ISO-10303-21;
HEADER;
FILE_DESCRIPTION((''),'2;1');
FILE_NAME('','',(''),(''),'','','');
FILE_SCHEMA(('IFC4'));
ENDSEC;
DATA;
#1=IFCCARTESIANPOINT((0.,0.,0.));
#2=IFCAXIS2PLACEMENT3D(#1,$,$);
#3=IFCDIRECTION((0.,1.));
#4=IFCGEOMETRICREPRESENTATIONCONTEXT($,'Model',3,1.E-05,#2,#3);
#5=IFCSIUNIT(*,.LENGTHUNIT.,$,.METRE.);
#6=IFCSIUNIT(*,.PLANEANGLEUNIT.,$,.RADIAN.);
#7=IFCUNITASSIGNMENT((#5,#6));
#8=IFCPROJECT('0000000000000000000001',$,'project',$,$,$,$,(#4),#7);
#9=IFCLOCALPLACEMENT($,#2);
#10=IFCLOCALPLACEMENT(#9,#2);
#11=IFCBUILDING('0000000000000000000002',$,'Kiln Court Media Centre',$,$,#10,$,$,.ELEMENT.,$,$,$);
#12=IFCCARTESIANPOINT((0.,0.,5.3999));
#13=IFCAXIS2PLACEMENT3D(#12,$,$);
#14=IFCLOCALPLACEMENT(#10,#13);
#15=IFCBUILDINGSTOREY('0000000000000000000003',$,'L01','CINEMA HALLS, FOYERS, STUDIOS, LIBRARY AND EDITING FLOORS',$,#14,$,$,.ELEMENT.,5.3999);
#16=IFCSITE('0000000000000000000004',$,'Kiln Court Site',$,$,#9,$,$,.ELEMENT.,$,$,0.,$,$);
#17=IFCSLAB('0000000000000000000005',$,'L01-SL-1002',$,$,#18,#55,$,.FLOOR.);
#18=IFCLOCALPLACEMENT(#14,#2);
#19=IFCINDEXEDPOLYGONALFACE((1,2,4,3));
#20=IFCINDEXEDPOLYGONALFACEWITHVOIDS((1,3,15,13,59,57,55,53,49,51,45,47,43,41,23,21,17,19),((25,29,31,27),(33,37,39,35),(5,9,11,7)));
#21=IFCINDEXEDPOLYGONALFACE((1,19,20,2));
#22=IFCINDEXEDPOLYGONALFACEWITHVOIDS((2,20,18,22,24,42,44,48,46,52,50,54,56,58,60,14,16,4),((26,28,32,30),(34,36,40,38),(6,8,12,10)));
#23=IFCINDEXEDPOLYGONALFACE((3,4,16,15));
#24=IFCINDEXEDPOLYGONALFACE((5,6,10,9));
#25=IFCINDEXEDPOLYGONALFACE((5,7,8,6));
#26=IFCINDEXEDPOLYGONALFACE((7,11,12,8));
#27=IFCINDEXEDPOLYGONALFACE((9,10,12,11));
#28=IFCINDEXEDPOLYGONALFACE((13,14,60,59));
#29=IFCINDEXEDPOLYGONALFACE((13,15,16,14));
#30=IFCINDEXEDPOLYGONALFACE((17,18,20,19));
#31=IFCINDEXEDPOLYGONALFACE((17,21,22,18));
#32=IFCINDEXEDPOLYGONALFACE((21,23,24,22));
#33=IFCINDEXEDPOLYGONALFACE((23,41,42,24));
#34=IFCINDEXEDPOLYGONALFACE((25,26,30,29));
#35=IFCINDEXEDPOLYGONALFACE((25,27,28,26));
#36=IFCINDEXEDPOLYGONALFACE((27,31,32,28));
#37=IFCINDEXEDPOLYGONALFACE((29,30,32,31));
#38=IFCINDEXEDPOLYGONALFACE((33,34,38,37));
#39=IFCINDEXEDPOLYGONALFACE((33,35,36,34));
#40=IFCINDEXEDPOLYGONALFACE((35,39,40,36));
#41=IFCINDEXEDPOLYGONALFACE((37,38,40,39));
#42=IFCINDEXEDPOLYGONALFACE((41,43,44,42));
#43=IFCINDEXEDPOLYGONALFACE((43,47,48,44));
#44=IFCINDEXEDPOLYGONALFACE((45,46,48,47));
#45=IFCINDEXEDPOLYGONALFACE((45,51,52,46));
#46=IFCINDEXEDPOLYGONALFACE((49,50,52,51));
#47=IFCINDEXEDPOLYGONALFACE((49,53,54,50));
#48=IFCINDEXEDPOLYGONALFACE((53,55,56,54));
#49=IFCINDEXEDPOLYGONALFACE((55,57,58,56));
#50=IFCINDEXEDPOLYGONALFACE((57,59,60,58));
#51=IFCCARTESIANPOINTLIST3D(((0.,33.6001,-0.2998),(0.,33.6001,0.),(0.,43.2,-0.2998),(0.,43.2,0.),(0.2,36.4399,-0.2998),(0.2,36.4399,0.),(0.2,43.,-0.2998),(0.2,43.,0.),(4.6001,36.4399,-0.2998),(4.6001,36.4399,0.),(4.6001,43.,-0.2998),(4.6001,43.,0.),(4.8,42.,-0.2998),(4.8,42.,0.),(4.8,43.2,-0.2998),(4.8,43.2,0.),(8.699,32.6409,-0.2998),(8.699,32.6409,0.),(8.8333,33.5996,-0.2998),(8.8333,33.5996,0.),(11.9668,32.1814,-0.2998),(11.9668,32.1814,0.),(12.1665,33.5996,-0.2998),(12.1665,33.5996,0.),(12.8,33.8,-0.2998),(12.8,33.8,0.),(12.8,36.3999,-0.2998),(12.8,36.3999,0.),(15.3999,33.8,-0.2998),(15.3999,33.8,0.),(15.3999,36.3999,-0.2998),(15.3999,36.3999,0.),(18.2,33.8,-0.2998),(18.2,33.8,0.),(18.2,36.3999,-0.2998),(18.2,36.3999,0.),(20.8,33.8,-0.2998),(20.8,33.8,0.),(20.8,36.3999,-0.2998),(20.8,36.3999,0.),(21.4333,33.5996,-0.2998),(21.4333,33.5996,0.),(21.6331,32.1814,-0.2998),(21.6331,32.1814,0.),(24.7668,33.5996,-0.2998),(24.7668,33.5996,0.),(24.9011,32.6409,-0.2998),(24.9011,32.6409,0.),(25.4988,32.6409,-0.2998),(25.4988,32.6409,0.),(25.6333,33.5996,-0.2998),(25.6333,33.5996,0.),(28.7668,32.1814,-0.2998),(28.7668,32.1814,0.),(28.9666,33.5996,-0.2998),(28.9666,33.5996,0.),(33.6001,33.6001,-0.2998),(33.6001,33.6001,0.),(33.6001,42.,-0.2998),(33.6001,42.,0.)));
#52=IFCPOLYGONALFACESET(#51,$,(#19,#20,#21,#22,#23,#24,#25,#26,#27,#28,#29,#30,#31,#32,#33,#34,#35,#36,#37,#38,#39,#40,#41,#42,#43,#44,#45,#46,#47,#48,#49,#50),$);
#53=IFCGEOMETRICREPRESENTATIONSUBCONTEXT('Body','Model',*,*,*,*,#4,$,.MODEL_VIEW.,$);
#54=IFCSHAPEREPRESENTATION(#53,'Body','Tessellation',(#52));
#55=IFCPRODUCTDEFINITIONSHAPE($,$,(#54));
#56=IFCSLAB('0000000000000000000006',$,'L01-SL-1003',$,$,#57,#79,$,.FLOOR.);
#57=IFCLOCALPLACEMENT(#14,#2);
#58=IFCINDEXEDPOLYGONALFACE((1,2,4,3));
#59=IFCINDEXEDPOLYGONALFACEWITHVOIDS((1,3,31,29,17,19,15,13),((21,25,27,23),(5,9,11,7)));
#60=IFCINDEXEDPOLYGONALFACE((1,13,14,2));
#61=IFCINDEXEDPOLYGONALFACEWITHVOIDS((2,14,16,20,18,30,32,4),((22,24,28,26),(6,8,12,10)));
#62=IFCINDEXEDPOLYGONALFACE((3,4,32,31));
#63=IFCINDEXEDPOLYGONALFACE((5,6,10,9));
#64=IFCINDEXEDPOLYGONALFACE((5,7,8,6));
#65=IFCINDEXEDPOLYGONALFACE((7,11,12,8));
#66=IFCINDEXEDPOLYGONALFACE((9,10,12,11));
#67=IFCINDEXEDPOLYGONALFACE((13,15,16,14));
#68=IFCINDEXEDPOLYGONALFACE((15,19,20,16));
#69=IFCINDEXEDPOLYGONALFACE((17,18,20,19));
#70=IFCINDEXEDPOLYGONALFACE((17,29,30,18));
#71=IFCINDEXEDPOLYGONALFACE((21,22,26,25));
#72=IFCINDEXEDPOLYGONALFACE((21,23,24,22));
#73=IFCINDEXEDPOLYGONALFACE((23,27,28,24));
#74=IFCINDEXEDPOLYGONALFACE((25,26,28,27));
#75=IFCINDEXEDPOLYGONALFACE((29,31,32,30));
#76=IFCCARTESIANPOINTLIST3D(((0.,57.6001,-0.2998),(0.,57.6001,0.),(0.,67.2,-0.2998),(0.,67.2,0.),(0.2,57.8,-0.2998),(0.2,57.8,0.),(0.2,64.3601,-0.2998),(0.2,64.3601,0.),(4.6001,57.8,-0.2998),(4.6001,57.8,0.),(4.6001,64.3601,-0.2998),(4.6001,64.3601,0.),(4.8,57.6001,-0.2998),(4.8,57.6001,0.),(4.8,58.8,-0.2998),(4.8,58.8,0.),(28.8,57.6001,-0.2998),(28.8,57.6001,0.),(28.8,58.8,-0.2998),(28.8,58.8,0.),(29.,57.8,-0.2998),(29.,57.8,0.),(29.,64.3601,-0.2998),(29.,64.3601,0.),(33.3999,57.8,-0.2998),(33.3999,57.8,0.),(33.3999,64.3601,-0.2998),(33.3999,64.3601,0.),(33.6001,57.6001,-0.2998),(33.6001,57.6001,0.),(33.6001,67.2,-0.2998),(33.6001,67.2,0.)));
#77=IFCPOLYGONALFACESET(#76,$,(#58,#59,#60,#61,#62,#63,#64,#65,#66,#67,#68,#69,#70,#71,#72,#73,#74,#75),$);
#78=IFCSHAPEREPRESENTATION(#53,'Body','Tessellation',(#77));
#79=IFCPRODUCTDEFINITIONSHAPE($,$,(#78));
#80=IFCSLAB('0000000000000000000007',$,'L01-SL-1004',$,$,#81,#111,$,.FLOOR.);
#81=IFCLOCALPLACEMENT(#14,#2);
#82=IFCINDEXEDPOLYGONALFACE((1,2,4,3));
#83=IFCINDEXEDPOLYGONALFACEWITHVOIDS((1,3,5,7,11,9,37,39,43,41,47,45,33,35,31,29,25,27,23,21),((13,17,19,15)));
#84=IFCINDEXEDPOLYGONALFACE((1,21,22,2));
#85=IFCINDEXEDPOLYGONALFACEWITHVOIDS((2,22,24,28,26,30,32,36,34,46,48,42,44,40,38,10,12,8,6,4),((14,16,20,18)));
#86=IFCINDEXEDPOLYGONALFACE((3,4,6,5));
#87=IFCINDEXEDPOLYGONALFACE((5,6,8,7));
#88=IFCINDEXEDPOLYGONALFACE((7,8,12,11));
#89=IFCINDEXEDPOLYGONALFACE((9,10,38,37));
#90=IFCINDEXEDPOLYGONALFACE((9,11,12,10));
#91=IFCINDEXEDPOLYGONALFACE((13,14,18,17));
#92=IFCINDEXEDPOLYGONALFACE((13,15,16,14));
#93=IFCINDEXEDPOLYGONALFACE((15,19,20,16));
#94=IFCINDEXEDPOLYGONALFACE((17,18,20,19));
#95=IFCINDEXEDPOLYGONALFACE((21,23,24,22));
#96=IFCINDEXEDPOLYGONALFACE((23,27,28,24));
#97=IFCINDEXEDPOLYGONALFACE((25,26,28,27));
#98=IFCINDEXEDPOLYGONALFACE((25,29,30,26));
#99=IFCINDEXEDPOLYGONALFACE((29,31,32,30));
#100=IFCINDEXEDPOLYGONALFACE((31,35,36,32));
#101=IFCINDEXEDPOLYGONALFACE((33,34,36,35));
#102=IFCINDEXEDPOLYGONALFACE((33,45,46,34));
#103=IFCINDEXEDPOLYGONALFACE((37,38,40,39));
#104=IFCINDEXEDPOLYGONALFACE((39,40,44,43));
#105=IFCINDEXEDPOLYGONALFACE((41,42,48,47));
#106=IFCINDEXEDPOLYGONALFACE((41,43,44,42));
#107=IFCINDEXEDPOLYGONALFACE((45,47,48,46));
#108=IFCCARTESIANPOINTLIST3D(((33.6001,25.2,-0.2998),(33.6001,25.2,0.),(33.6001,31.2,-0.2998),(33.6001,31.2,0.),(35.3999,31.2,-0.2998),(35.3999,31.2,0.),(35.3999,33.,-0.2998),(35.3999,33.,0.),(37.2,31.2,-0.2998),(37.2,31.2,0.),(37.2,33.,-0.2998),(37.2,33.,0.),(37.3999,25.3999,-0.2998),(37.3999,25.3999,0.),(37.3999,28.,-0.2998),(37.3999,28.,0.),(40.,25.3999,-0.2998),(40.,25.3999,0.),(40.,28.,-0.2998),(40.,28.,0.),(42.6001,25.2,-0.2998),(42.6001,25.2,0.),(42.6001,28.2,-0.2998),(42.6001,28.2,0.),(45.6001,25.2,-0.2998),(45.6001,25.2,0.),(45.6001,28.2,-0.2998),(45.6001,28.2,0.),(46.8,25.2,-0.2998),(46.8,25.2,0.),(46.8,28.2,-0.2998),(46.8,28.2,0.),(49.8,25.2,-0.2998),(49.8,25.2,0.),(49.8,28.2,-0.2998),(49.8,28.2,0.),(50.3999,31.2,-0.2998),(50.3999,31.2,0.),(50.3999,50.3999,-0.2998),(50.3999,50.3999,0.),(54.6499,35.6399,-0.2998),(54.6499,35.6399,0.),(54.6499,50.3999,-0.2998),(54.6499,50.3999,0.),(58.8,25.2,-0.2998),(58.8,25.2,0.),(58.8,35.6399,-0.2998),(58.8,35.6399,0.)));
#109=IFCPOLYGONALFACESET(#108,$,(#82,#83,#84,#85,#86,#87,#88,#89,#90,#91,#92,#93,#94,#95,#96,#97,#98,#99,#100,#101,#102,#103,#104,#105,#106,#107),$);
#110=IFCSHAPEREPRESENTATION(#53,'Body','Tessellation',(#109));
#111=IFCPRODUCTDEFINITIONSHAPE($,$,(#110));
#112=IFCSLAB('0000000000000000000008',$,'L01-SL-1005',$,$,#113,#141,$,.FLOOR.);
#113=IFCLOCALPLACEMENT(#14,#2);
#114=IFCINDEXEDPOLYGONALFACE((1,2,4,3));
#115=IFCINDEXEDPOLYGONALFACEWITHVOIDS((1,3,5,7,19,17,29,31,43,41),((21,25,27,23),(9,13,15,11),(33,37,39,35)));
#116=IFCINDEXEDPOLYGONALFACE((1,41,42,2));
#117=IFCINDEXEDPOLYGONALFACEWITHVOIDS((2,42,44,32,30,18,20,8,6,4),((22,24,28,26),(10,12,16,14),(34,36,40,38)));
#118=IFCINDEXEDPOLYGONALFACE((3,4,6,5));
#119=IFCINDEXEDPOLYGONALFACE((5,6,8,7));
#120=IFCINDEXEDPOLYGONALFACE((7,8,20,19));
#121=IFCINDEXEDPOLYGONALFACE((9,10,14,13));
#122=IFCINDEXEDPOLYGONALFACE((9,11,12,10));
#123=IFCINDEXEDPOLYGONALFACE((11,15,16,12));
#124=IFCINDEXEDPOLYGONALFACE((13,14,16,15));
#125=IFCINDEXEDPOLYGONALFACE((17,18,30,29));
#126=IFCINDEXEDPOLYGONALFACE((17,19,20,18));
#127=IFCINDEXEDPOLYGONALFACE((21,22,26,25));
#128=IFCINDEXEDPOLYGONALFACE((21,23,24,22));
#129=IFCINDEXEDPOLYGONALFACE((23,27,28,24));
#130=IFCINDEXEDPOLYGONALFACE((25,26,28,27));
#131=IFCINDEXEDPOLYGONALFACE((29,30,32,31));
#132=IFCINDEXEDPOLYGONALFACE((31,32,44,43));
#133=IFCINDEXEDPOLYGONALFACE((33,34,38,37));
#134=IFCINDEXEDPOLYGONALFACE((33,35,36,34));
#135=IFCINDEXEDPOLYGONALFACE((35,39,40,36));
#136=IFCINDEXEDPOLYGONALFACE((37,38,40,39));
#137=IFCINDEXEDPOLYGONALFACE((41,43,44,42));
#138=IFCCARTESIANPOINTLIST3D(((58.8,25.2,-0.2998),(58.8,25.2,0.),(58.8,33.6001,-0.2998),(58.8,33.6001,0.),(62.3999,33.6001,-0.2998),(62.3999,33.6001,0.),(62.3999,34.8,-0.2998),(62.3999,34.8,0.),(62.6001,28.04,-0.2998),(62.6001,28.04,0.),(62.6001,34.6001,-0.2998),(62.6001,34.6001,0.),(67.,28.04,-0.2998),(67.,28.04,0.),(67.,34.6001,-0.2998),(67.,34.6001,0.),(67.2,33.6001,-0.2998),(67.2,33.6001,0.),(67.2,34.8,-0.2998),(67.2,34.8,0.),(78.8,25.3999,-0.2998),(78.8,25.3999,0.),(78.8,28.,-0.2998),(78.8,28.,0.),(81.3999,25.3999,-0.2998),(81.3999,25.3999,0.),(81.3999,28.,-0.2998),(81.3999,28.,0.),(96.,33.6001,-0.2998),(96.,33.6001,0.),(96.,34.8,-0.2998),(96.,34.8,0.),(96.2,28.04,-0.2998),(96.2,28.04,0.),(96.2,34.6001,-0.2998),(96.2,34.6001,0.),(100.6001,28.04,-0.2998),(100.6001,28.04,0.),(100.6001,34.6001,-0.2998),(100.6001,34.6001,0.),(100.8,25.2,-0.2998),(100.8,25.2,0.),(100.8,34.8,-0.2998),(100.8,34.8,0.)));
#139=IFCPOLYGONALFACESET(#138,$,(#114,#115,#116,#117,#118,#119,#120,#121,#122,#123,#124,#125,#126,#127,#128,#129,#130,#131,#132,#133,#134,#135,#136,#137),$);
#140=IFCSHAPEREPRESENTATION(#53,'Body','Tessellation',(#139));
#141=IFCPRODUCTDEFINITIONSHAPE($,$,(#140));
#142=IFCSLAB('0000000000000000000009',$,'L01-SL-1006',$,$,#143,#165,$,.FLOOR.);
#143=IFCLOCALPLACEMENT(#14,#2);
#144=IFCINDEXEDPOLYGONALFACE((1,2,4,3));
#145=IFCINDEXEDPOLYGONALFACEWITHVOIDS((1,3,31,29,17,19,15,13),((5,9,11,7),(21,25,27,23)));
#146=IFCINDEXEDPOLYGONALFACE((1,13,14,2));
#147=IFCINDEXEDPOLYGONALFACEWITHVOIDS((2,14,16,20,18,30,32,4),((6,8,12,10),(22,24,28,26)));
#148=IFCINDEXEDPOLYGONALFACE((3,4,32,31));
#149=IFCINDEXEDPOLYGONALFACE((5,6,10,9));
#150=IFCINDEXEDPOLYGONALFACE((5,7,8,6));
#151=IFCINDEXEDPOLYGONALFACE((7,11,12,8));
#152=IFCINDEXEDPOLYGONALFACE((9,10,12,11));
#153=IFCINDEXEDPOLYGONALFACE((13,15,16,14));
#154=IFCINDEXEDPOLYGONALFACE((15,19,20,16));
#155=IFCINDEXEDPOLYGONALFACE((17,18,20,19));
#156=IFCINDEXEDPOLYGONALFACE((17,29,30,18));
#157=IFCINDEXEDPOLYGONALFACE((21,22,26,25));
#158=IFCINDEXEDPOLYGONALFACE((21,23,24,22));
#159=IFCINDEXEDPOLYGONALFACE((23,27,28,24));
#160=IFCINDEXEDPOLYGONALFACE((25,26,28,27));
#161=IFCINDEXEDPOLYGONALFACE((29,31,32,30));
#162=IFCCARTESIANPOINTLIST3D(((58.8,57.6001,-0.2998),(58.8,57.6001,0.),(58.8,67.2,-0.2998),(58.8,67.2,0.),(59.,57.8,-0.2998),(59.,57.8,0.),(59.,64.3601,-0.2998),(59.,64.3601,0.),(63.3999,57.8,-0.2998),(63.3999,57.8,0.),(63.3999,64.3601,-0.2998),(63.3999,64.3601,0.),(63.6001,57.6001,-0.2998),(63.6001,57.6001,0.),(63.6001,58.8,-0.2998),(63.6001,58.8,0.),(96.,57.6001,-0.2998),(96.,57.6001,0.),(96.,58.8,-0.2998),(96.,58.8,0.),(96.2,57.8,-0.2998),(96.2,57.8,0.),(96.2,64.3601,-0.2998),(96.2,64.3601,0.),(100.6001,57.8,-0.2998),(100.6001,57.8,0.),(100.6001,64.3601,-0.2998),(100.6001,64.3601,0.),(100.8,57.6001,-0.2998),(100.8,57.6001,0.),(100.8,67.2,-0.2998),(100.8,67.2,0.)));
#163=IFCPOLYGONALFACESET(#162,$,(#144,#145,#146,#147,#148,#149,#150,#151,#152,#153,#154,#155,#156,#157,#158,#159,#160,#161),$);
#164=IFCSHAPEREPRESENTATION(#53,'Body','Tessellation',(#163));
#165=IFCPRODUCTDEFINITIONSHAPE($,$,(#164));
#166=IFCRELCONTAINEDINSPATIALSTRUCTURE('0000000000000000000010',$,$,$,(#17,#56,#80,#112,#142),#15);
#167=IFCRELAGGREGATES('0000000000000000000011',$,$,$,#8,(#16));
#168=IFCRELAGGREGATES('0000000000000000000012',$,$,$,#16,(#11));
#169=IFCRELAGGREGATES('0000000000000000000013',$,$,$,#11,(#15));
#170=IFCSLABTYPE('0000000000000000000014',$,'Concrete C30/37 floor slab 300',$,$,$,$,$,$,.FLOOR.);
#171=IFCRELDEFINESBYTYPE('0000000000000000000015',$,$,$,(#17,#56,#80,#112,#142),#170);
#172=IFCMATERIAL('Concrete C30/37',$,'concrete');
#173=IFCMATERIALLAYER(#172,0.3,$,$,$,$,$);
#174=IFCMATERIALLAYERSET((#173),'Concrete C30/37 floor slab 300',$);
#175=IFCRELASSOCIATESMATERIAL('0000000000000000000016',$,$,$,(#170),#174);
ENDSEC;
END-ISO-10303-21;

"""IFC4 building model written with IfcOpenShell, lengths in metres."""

from ifc_helpers import new_model, si_unit, direction, frame, origin, place, context, subcontext, project, spatial, polyline, outline, extrude, material, layer, layer_set, type_object, element, save


model = new_model("IFC4")

# Units and contexts
model_context = context("Model", 3, precision=1e-05, world=origin(), true_north=direction((0.0, 1.0)))
body_context = subcontext(model_context, "Body", "Model", "MODEL_VIEW")
ifc_project = project(units=[si_unit("LENGTHUNIT", "METRE"), si_unit("PLANEANGLEUNIT", "RADIAN")], contexts=[model_context])

# Site, building, storey
site_placement = place(None, origin())
site = spatial("IfcSite", under=ifc_project, at=site_placement, Name="Kiln Court Site", CompositionType="ELEMENT", RefElevation=0.0)
building_placement = place(site_placement, origin())
building = spatial("IfcBuilding", under=site, at=building_placement, Name="Kiln Court Media Centre", CompositionType="ELEMENT")
storey_placement = place(building_placement, frame((0.0, 0.0, 5.3999)))
storey = spatial("IfcBuildingStorey", under=building, at=storey_placement, Name="L01", Description="CINEMA HALLS, FOYERS, STUDIOS, LIBRARY AND EDITING FLOORS", CompositionType="ELEMENT", Elevation=5.3999)

# Slabs
ifc_material_1 = material(Name="Concrete C30/37", Category="concrete")
ifc_layer_1 = layer(ifc_material_1, 0.3)
ifc_layer_set_1 = layer_set([ifc_layer_1], Name="Concrete C30/37 floor slab 300")
slab_type_1 = type_object("IfcSlabType", Name="Concrete C30/37 floor slab 300", PredefinedType="FLOOR", material=ifc_layer_set_1)
slab_1_placement = place(storey_placement, frame((0.0, 0.0, -0.2998)))
element("IfcSlab", 1, at=slab_1_placement, inside=storey, type_object=slab_type_1, Name="L01-SL-1002", PredefinedType="FLOOR", context=body_context, shape_type="SweptSolid", body=[
    extrude(outline(polyline([(11.9668, 32.1814), (8.699, 32.6409), (8.8333, 33.5996), (0.0, 33.6001), (0.0, 43.2), (4.8, 43.2), (4.8, 42.0), (33.6001, 42.0), (33.6001, 33.6001), (28.9666, 33.5996), (28.7668, 32.1814), (25.4988, 32.6409), (25.6333, 33.5996), (24.7668, 33.5996), (24.9011, 32.6409), (21.6331, 32.1814), (21.4333, 33.5996), (12.1665, 33.5996), (11.9668, 32.1814)]), holes=[polyline([(12.8, 33.8), (15.3999, 33.8), (15.3999, 36.3999), (12.8, 36.3999), (12.8, 33.8)]), polyline([(18.2, 33.8), (20.8, 33.8), (20.8, 36.3999), (18.2, 36.3999), (18.2, 33.8)]), polyline([(0.2, 36.4399), (4.6001, 36.4399), (4.6001, 43.0), (0.2, 43.0), (0.2, 36.4399)])]), origin(), (0.0, 0.0, 1.0), 0.2998),
])
slab_2_placement = place(storey_placement, frame((0.0, 0.0, -0.2998)))
element("IfcSlab", 2, at=slab_2_placement, inside=storey, type_object=slab_type_1, Name="L01-SL-1003", PredefinedType="FLOOR", context=body_context, shape_type="SweptSolid", body=[
    extrude(outline(polyline([(0.0, 57.6001), (0.0, 67.2), (33.6001, 67.2), (33.6001, 57.6001), (28.8, 57.6001), (28.8, 58.8), (4.8, 58.8), (4.8, 57.6001), (0.0, 57.6001)]), holes=[polyline([(0.2, 57.8), (4.6001, 57.8), (4.6001, 64.3601), (0.2, 64.3601), (0.2, 57.8)]), polyline([(29.0, 57.8), (33.3999, 57.8), (33.3999, 64.3601), (29.0, 64.3601), (29.0, 57.8)])]), origin(), (0.0, 0.0, 1.0), 0.2998),
])
slab_3_placement = place(storey_placement, frame((0.0, 0.0, -0.2998)))
element("IfcSlab", 3, at=slab_3_placement, inside=storey, type_object=slab_type_1, Name="L01-SL-1004", PredefinedType="FLOOR", context=body_context, shape_type="SweptSolid", body=[
    extrude(outline(polyline([(33.6001, 25.2), (33.6001, 31.2), (35.3999, 31.2), (35.3999, 33.0), (37.2, 33.0), (37.2, 31.2), (50.3999, 31.2), (50.3999, 50.3999), (54.6499, 50.3999), (54.6499, 35.6399), (58.8, 35.6399), (58.8, 25.2), (49.8, 25.2), (49.8, 28.2), (46.8, 28.2), (46.8, 25.2), (45.6001, 25.2), (45.6001, 28.2), (42.6001, 28.2), (42.6001, 25.2), (33.6001, 25.2)]), holes=[polyline([(37.3999, 25.3999), (40.0, 25.3999), (40.0, 28.0), (37.3999, 28.0), (37.3999, 25.3999)])]), origin(), (0.0, 0.0, 1.0), 0.2998),
])
slab_4_placement = place(storey_placement, frame((0.0, 0.0, -0.2998)))
element("IfcSlab", 4, at=slab_4_placement, inside=storey, type_object=slab_type_1, Name="L01-SL-1005", PredefinedType="FLOOR", context=body_context, shape_type="SweptSolid", body=[
    extrude(outline(polyline([(58.8, 25.2), (58.8, 33.6001), (62.3999, 33.6001), (62.3999, 34.8), (67.2, 34.8), (67.2, 33.6001), (96.0, 33.6001), (96.0, 34.8), (100.8, 34.8), (100.8, 25.2), (58.8, 25.2)]), holes=[polyline([(78.8, 25.3999), (81.3999, 25.3999), (81.3999, 28.0), (78.8, 28.0), (78.8, 25.3999)]), polyline([(62.6001, 28.04), (67.0, 28.04), (67.0, 34.6001), (62.6001, 34.6001), (62.6001, 28.04)]), polyline([(96.2, 28.04), (100.6001, 28.04), (100.6001, 34.6001), (96.2, 34.6001), (96.2, 28.04)])]), origin(), (0.0, 0.0, 1.0), 0.2998),
])
slab_5_placement = place(storey_placement, frame((0.0, 0.0, -0.2998)))
element("IfcSlab", 5, at=slab_5_placement, inside=storey, type_object=slab_type_1, Name="L01-SL-1006", PredefinedType="FLOOR", context=body_context, shape_type="SweptSolid", body=[
    extrude(outline(polyline([(58.8, 57.6001), (58.8, 67.2), (100.8, 67.2), (100.8, 57.6001), (96.0, 57.6001), (96.0, 58.8), (63.6001, 58.8), (63.6001, 57.6001), (58.8, 57.6001)]), holes=[polyline([(59.0, 57.8), (63.3999, 57.8), (63.3999, 64.3601), (59.0, 64.3601), (59.0, 57.8)]), polyline([(96.2, 57.8), (100.6001, 57.8), (100.6001, 64.3601), (96.2, 64.3601), (96.2, 57.8)])]), origin(), (0.0, 0.0, 1.0), 0.2998),
])

save(model, "model.ifc")
